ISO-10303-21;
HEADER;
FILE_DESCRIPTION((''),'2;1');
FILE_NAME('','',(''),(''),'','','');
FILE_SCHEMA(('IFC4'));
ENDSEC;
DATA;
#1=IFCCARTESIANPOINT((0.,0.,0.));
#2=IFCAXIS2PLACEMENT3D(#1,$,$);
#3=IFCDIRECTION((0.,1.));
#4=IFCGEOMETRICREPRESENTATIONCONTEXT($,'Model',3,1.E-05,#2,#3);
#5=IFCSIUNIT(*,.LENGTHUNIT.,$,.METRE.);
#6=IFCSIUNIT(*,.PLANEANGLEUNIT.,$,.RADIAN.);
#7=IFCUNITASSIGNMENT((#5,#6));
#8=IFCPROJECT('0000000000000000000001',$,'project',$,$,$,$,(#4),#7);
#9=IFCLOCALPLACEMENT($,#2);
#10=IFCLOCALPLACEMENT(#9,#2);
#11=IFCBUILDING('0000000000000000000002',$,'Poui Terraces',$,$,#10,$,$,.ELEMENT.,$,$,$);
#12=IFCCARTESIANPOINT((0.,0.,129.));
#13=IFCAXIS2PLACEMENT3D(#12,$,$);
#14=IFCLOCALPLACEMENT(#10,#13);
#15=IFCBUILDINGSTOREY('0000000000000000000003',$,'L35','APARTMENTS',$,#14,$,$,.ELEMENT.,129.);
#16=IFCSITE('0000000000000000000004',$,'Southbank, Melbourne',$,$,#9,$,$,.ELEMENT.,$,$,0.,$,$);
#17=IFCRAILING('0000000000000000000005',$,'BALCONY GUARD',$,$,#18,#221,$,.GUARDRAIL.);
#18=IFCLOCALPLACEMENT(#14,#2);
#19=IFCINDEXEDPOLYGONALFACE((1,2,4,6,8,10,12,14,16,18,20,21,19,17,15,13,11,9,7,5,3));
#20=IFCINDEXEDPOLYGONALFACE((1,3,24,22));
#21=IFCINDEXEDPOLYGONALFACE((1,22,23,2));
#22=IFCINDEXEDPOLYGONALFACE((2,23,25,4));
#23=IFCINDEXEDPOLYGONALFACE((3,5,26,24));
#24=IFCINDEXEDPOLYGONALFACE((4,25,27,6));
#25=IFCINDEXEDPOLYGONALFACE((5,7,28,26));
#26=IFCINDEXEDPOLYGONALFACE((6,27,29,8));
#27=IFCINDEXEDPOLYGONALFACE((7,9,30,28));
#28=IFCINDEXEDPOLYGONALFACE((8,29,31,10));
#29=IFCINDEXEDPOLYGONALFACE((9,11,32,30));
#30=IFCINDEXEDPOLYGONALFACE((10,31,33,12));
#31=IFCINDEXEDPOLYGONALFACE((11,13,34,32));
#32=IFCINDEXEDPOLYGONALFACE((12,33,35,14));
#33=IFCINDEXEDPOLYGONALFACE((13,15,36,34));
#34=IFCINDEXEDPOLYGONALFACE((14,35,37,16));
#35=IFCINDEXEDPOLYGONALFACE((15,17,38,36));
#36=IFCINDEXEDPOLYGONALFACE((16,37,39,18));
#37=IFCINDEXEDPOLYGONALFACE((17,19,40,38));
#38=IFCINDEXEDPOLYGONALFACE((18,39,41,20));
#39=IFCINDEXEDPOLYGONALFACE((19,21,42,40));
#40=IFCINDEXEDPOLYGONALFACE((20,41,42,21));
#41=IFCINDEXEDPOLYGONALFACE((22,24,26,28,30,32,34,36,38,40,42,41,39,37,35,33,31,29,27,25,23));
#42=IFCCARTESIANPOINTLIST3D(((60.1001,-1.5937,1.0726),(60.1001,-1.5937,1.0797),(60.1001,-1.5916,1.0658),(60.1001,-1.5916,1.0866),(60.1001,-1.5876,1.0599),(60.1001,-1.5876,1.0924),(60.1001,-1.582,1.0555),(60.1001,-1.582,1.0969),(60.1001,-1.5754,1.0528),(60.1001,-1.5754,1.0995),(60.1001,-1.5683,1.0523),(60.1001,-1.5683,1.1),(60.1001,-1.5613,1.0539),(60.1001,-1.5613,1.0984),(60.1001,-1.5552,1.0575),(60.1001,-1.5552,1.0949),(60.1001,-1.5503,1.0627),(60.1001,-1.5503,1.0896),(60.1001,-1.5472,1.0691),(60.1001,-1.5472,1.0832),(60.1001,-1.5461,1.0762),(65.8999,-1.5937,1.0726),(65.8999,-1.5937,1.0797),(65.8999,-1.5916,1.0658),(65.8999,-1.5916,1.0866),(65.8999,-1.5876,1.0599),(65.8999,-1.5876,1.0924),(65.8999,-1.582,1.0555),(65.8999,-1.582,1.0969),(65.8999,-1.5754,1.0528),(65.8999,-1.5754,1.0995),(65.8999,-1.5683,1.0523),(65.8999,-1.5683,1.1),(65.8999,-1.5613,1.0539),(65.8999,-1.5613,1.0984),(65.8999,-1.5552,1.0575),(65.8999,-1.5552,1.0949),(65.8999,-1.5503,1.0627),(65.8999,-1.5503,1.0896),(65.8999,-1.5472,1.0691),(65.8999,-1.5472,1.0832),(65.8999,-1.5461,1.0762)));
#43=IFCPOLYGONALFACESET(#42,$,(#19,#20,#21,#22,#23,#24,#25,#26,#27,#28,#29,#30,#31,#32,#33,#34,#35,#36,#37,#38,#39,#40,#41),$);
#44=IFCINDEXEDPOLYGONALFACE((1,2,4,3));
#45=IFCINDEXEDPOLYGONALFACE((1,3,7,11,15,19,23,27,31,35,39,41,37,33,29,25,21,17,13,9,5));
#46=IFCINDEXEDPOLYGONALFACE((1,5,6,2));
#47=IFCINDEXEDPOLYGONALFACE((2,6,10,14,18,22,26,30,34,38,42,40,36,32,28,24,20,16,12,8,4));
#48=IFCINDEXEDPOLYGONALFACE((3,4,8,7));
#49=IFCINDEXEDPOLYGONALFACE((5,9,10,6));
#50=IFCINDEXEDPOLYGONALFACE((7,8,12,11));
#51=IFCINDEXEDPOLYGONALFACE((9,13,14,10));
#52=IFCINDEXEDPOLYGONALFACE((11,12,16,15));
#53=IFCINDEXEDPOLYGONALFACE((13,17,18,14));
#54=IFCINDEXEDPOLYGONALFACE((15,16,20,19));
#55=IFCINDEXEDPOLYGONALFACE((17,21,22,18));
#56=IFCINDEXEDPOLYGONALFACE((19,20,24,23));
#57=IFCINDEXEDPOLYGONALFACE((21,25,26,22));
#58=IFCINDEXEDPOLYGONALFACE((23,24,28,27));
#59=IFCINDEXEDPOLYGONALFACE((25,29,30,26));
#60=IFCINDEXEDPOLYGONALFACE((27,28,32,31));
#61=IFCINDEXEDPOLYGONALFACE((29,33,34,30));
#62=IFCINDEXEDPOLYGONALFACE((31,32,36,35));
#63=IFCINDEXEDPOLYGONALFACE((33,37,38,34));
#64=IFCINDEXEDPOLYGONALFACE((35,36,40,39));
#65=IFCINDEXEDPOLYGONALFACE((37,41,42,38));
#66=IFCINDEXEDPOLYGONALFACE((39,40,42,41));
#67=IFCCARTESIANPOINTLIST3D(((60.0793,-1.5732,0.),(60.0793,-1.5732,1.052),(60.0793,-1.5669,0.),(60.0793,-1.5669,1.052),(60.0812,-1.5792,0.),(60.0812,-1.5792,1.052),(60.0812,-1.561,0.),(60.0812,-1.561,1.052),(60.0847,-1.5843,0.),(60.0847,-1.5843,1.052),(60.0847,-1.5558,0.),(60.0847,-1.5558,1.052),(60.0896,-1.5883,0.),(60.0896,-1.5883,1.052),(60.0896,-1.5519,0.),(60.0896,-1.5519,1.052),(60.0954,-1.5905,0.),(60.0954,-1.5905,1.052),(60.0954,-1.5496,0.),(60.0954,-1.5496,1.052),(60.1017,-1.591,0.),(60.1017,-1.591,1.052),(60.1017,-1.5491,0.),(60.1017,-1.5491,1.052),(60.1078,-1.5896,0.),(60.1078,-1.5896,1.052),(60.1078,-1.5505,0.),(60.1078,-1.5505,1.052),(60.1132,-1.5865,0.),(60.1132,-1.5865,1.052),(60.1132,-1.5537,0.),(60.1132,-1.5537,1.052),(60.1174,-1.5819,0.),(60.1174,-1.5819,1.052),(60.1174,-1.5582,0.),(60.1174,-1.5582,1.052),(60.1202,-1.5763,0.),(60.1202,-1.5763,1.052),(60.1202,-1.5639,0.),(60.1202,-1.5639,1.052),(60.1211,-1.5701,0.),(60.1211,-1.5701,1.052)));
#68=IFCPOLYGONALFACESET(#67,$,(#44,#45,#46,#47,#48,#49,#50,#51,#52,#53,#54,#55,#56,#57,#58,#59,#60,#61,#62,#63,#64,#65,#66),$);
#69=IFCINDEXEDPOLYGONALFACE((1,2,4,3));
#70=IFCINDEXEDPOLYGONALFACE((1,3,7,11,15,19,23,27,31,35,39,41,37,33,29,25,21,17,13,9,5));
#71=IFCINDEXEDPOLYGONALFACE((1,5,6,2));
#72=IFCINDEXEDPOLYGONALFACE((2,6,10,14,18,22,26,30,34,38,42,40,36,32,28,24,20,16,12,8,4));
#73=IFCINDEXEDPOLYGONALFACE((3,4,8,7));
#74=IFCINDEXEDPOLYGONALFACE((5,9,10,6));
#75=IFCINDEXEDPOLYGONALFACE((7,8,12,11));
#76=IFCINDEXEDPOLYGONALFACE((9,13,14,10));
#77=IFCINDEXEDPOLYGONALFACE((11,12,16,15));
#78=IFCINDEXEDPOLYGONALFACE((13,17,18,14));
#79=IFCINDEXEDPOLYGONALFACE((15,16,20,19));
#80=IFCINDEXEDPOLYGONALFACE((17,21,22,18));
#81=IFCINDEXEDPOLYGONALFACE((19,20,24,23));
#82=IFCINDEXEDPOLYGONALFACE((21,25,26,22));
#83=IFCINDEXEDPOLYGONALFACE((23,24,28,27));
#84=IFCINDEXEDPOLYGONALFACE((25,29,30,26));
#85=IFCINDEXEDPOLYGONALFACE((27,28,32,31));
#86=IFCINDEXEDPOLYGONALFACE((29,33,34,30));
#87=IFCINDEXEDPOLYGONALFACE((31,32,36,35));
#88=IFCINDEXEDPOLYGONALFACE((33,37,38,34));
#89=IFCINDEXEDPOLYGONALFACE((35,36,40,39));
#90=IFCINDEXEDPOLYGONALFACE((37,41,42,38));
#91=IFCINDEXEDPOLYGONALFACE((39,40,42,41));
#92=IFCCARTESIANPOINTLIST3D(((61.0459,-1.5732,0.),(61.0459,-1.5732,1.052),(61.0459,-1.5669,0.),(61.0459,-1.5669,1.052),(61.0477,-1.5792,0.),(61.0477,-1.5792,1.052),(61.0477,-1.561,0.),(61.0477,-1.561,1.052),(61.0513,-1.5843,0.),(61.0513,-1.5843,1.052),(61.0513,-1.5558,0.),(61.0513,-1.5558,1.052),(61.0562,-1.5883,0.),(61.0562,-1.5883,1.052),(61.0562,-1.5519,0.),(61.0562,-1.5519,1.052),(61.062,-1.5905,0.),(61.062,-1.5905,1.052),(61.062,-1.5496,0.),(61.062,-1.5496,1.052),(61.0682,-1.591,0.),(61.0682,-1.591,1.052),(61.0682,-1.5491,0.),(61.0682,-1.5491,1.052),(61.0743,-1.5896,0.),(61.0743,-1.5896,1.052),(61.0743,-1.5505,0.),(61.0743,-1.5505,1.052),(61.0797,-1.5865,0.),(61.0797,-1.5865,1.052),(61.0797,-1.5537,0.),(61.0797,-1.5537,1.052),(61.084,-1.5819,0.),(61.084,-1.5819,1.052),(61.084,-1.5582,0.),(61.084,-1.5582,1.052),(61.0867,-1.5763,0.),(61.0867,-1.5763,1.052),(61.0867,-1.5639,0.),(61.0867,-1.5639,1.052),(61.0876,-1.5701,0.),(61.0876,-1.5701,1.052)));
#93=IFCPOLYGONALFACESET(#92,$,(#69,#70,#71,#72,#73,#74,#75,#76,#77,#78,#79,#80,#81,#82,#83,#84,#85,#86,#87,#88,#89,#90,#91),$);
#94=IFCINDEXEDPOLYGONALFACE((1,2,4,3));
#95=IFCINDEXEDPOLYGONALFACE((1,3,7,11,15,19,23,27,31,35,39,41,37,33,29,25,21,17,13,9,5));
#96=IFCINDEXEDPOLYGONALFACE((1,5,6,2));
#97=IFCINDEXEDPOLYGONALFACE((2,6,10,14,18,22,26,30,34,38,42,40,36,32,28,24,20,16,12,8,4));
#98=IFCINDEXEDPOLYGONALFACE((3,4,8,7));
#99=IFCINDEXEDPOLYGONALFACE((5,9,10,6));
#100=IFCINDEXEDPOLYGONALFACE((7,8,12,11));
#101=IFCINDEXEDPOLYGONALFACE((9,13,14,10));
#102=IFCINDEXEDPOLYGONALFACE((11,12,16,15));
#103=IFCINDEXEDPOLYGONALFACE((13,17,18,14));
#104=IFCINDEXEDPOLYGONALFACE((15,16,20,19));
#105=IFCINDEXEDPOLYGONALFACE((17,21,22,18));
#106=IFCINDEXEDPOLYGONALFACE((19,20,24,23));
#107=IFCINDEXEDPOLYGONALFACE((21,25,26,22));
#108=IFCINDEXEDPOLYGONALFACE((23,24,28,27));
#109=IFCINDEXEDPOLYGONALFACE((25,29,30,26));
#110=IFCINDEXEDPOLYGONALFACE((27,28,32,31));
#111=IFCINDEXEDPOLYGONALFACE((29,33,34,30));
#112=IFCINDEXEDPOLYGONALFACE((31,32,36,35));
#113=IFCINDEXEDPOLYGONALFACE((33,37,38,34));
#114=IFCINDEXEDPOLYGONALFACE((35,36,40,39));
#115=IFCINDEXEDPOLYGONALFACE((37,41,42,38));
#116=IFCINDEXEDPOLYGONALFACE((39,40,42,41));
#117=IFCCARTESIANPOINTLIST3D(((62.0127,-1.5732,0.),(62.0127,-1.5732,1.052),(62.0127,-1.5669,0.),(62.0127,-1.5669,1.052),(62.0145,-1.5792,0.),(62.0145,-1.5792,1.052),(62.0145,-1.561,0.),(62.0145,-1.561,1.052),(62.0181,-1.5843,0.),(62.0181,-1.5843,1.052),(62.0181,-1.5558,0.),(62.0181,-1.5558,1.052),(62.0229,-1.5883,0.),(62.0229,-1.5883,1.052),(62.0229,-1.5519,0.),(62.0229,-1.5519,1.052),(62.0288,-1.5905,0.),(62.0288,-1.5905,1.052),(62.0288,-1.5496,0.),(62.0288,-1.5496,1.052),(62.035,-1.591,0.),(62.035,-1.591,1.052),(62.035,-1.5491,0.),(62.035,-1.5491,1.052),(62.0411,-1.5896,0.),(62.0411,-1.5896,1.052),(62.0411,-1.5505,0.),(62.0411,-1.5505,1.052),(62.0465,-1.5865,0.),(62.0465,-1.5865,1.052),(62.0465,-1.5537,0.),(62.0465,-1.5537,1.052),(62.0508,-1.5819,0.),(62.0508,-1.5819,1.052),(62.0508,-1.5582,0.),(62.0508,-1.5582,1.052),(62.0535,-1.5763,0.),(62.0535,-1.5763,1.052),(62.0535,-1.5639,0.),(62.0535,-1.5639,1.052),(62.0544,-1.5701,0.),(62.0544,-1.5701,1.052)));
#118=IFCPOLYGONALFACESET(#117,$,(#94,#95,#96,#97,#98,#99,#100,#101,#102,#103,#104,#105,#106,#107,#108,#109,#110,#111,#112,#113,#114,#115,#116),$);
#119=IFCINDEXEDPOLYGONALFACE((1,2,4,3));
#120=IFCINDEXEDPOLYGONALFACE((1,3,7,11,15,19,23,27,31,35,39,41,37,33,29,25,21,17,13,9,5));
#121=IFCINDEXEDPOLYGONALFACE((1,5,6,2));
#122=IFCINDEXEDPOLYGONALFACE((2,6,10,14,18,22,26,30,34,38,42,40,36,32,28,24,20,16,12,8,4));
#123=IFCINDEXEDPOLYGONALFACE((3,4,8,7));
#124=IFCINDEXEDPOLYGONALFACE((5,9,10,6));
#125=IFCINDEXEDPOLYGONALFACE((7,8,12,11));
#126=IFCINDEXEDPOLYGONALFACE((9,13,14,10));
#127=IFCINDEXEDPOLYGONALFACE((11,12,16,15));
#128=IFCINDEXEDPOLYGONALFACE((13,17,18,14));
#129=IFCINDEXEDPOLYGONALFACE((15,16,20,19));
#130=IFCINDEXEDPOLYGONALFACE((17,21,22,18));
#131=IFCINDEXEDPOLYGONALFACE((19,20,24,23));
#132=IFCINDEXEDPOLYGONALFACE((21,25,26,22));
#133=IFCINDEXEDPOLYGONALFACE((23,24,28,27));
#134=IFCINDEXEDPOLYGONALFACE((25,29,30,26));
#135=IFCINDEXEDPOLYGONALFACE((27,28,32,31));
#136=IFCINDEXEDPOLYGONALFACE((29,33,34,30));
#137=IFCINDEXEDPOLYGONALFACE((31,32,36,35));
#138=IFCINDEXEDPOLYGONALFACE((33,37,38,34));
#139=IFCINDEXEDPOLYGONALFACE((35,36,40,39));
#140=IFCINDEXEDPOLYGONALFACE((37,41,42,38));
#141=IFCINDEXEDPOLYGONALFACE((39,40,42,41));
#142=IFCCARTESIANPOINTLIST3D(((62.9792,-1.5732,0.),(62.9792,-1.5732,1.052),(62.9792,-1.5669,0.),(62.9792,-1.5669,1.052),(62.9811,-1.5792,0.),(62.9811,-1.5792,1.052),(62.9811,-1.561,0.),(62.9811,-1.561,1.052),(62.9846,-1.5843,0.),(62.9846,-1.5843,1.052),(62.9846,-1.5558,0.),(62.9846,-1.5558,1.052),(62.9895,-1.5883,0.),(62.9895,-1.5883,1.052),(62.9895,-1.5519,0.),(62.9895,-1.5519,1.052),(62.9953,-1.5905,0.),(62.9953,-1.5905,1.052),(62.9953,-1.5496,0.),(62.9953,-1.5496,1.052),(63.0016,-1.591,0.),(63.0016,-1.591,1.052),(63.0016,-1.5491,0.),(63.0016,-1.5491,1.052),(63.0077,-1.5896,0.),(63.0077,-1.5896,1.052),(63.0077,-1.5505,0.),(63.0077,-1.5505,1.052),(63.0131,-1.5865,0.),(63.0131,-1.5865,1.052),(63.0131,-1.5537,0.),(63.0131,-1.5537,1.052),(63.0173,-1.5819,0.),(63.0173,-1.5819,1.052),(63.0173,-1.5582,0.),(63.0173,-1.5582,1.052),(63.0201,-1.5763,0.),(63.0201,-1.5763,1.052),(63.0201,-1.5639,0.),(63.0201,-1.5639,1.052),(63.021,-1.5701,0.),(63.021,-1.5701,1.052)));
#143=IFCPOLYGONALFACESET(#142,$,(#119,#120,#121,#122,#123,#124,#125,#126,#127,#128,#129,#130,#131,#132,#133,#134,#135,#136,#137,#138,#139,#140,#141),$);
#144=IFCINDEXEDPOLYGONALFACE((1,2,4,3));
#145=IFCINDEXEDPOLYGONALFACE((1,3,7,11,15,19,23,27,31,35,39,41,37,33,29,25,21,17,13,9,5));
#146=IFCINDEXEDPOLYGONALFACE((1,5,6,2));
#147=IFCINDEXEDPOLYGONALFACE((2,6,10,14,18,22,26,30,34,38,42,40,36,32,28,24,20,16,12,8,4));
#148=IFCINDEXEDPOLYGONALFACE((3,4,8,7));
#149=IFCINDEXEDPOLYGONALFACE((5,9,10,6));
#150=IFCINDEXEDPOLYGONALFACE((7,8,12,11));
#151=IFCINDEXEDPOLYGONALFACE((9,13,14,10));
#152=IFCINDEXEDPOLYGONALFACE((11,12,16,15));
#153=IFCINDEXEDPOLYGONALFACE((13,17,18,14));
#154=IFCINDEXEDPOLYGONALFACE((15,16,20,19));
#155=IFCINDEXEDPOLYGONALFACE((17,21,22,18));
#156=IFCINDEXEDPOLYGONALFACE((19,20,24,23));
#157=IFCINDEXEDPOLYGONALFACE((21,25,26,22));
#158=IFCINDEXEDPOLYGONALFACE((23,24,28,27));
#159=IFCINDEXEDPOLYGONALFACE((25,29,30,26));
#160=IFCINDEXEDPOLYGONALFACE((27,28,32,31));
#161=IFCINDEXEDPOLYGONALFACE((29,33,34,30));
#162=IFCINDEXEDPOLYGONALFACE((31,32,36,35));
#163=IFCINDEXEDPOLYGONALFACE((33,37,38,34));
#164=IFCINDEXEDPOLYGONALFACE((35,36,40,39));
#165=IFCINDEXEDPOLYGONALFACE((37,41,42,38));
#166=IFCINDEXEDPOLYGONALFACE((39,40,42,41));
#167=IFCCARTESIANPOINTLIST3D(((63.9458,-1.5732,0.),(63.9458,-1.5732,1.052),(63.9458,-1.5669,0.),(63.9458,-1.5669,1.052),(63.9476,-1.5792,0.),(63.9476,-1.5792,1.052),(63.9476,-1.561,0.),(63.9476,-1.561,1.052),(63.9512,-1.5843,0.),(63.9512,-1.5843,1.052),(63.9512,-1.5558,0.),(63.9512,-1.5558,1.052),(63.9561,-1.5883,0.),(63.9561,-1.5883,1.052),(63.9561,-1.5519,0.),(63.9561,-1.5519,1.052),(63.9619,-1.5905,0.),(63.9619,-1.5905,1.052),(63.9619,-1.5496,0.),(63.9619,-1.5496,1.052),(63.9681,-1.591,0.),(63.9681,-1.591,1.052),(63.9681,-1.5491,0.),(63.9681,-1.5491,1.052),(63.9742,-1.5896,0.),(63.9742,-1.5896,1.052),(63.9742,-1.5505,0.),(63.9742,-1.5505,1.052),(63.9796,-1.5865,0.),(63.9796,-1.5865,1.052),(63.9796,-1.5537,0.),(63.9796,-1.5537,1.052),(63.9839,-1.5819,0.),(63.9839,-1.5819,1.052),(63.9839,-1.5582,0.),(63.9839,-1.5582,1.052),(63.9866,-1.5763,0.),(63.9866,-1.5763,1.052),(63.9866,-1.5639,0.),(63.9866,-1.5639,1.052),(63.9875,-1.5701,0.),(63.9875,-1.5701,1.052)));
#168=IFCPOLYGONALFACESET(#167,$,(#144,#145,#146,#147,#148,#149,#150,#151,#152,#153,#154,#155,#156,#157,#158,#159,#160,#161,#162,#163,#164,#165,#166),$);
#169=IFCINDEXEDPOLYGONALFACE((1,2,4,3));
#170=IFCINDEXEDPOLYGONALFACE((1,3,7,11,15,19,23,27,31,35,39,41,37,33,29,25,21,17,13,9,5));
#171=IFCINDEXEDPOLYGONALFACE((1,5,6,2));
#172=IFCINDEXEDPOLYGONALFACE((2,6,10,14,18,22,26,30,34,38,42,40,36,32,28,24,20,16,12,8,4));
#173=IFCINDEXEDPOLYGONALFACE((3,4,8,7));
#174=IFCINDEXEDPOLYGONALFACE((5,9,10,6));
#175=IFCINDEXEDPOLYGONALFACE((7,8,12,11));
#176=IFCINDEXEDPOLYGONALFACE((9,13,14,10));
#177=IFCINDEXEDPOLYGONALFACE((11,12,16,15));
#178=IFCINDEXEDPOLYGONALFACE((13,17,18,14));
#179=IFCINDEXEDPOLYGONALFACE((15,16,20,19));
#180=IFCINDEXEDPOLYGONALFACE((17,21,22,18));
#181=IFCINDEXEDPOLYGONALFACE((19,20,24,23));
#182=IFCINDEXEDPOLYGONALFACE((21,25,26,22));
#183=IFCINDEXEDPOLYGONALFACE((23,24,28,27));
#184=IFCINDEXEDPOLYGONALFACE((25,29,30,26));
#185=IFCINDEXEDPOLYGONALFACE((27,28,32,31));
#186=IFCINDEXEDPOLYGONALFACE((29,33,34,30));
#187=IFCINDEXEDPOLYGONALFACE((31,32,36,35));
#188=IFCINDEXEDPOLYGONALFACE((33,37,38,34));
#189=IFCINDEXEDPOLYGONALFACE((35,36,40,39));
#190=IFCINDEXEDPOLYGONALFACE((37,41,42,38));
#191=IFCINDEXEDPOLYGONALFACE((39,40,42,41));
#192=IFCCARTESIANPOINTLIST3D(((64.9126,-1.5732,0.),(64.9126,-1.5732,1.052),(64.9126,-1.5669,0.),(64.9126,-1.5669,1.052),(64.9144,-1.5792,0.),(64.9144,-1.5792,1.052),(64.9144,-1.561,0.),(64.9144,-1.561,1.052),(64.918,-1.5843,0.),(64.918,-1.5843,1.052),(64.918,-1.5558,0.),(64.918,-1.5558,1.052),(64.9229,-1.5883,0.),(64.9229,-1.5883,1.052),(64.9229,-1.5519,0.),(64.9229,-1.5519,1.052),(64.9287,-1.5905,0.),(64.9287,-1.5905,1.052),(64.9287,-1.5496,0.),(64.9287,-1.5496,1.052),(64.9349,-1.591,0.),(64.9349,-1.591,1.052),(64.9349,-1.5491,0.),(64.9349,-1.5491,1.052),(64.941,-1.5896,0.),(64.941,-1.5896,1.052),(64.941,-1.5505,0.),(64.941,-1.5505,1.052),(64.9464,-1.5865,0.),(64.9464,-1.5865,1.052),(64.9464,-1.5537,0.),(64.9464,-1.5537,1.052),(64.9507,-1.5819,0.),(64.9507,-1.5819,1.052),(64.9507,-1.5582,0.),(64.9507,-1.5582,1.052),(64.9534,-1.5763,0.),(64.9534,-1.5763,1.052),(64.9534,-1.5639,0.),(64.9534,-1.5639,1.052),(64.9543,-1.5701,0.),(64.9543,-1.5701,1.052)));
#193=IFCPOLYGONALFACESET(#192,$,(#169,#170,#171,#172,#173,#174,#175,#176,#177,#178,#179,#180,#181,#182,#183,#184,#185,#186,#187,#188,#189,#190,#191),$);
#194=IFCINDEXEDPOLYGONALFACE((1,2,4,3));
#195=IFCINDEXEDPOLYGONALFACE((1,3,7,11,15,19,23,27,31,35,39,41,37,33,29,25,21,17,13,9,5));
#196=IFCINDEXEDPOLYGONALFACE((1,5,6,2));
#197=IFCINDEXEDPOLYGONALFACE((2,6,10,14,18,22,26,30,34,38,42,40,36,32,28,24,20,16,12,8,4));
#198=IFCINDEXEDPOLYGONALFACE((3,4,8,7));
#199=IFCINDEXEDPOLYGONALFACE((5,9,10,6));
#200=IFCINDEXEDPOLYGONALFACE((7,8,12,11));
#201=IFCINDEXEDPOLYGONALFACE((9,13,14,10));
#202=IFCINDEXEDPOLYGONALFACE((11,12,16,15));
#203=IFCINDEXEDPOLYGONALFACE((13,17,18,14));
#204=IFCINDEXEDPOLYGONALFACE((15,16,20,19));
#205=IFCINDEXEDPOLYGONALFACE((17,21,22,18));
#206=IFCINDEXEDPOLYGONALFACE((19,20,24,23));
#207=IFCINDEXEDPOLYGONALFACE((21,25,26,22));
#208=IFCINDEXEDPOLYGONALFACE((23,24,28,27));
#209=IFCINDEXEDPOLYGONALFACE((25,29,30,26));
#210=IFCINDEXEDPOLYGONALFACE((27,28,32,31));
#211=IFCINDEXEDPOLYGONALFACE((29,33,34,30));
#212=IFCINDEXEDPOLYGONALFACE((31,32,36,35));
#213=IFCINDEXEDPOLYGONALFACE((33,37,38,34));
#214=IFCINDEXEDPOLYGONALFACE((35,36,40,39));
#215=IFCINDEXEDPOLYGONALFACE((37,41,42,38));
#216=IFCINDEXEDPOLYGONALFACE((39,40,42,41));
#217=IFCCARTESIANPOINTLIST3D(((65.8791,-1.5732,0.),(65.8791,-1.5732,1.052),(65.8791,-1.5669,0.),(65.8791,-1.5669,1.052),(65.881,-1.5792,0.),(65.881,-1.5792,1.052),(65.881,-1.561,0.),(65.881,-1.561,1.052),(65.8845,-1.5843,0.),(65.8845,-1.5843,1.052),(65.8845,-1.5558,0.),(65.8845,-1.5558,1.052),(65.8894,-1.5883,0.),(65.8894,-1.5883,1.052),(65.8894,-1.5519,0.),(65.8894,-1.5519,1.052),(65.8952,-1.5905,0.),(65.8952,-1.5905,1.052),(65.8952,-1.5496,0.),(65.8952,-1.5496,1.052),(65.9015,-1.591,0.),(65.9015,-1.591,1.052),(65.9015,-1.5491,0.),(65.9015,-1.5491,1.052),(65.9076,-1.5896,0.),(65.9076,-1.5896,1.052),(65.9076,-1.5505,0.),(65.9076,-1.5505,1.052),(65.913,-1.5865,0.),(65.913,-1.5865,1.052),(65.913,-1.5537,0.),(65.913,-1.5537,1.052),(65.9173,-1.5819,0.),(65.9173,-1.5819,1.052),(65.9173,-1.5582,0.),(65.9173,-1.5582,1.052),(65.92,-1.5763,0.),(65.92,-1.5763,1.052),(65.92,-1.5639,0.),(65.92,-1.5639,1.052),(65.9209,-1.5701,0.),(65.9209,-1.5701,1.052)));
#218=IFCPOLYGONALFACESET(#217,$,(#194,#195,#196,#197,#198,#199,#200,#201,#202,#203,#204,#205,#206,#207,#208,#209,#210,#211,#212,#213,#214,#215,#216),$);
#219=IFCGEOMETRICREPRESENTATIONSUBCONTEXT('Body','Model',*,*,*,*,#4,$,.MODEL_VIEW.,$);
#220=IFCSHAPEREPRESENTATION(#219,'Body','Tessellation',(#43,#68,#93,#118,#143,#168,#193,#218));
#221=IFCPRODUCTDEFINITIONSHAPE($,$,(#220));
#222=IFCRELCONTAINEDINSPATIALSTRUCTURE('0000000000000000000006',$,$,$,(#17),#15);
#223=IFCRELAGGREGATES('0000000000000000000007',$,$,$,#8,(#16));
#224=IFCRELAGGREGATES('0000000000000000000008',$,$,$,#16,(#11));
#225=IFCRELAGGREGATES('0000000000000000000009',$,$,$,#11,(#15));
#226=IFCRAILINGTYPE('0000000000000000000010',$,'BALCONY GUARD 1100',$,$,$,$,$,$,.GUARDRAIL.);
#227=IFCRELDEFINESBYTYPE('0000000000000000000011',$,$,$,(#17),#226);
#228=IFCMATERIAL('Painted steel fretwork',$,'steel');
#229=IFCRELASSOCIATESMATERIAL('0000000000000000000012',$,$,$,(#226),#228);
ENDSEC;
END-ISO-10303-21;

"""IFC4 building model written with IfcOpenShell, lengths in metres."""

from ifc_helpers import new_model, si_unit, direction, frame, origin, origin_2d, place, context, subcontext, project, spatial, circle, extrude, material, type_object, element, save


model = new_model("IFC4")

# Units and contexts
model_context = context("Model", 3, precision=1e-05, world=origin(), true_north=direction((0.0, 1.0)))
body_context = subcontext(model_context, "Body", "Model", "MODEL_VIEW")
ifc_project = project(units=[si_unit("LENGTHUNIT", "METRE"), si_unit("PLANEANGLEUNIT", "RADIAN")], contexts=[model_context])

# Site, building, storey
site_placement = place(None, origin())
site = spatial("IfcSite", under=ifc_project, at=site_placement, Name="Southbank, Melbourne", CompositionType="ELEMENT", RefElevation=0.0)
building_placement = place(site_placement, origin())
building = spatial("IfcBuilding", under=site, at=building_placement, Name="Poui Terraces", CompositionType="ELEMENT")
storey_placement = place(building_placement, frame((0.0, 0.0, 129.0)))
storey = spatial("IfcBuildingStorey", under=building, at=storey_placement, Name="L35", Description="APARTMENTS", CompositionType="ELEMENT", Elevation=129.0)

# Railing
ifc_material_1 = material(Name="Painted steel fretwork", Category="steel")
railing_type = type_object("IfcRailingType", Name="BALCONY GUARD 1100", PredefinedType="GUARDRAIL", material=ifc_material_1)
railing_placement = place(storey_placement, frame((60.1001, -1.5701, 0.0)))
element("IfcRailing", 1, at=railing_placement, inside=storey, type_object=railing_type, Name="BALCONY GUARD", PredefinedType="GUARDRAIL", context=body_context, shape_type="SweptSolid", body=[
    extrude(circle(Radius=0.0239, at=origin_2d()), frame((0.0, 0.0, 1.0762), z_axis=(1.0, 0.0, 0.0), x_axis=(0.0, 1.0, 0.0)), (0.0, 0.0, 1.0), 5.7998),
    extrude(circle(Radius=0.021, at=origin_2d()), origin(), (0.0, 0.0, 1.0), 1.052),
    extrude(circle(Radius=0.021, at=origin_2d()), frame((0.9666, 0.0, 0.0)), (0.0, 0.0, 1.0), 1.052),
    extrude(circle(Radius=0.021, at=origin_2d()), frame((1.9333, 0.0, 0.0)), (0.0, 0.0, 1.0), 1.052),
    extrude(circle(Radius=0.021, at=origin_2d()), frame((2.8999, 0.0, 0.0)), (0.0, 0.0, 1.0), 1.052),
    extrude(circle(Radius=0.021, at=origin_2d()), frame((3.8665, 0.0, 0.0)), (0.0, 0.0, 1.0), 1.052),
    extrude(circle(Radius=0.021, at=origin_2d()), frame((4.8333, 0.0, 0.0)), (0.0, 0.0, 1.0), 1.052),
    extrude(circle(Radius=0.021, at=origin_2d()), frame((5.7998, 0.0, 0.0)), (0.0, 0.0, 1.0), 1.052),
])

save(model, "model.ifc")
